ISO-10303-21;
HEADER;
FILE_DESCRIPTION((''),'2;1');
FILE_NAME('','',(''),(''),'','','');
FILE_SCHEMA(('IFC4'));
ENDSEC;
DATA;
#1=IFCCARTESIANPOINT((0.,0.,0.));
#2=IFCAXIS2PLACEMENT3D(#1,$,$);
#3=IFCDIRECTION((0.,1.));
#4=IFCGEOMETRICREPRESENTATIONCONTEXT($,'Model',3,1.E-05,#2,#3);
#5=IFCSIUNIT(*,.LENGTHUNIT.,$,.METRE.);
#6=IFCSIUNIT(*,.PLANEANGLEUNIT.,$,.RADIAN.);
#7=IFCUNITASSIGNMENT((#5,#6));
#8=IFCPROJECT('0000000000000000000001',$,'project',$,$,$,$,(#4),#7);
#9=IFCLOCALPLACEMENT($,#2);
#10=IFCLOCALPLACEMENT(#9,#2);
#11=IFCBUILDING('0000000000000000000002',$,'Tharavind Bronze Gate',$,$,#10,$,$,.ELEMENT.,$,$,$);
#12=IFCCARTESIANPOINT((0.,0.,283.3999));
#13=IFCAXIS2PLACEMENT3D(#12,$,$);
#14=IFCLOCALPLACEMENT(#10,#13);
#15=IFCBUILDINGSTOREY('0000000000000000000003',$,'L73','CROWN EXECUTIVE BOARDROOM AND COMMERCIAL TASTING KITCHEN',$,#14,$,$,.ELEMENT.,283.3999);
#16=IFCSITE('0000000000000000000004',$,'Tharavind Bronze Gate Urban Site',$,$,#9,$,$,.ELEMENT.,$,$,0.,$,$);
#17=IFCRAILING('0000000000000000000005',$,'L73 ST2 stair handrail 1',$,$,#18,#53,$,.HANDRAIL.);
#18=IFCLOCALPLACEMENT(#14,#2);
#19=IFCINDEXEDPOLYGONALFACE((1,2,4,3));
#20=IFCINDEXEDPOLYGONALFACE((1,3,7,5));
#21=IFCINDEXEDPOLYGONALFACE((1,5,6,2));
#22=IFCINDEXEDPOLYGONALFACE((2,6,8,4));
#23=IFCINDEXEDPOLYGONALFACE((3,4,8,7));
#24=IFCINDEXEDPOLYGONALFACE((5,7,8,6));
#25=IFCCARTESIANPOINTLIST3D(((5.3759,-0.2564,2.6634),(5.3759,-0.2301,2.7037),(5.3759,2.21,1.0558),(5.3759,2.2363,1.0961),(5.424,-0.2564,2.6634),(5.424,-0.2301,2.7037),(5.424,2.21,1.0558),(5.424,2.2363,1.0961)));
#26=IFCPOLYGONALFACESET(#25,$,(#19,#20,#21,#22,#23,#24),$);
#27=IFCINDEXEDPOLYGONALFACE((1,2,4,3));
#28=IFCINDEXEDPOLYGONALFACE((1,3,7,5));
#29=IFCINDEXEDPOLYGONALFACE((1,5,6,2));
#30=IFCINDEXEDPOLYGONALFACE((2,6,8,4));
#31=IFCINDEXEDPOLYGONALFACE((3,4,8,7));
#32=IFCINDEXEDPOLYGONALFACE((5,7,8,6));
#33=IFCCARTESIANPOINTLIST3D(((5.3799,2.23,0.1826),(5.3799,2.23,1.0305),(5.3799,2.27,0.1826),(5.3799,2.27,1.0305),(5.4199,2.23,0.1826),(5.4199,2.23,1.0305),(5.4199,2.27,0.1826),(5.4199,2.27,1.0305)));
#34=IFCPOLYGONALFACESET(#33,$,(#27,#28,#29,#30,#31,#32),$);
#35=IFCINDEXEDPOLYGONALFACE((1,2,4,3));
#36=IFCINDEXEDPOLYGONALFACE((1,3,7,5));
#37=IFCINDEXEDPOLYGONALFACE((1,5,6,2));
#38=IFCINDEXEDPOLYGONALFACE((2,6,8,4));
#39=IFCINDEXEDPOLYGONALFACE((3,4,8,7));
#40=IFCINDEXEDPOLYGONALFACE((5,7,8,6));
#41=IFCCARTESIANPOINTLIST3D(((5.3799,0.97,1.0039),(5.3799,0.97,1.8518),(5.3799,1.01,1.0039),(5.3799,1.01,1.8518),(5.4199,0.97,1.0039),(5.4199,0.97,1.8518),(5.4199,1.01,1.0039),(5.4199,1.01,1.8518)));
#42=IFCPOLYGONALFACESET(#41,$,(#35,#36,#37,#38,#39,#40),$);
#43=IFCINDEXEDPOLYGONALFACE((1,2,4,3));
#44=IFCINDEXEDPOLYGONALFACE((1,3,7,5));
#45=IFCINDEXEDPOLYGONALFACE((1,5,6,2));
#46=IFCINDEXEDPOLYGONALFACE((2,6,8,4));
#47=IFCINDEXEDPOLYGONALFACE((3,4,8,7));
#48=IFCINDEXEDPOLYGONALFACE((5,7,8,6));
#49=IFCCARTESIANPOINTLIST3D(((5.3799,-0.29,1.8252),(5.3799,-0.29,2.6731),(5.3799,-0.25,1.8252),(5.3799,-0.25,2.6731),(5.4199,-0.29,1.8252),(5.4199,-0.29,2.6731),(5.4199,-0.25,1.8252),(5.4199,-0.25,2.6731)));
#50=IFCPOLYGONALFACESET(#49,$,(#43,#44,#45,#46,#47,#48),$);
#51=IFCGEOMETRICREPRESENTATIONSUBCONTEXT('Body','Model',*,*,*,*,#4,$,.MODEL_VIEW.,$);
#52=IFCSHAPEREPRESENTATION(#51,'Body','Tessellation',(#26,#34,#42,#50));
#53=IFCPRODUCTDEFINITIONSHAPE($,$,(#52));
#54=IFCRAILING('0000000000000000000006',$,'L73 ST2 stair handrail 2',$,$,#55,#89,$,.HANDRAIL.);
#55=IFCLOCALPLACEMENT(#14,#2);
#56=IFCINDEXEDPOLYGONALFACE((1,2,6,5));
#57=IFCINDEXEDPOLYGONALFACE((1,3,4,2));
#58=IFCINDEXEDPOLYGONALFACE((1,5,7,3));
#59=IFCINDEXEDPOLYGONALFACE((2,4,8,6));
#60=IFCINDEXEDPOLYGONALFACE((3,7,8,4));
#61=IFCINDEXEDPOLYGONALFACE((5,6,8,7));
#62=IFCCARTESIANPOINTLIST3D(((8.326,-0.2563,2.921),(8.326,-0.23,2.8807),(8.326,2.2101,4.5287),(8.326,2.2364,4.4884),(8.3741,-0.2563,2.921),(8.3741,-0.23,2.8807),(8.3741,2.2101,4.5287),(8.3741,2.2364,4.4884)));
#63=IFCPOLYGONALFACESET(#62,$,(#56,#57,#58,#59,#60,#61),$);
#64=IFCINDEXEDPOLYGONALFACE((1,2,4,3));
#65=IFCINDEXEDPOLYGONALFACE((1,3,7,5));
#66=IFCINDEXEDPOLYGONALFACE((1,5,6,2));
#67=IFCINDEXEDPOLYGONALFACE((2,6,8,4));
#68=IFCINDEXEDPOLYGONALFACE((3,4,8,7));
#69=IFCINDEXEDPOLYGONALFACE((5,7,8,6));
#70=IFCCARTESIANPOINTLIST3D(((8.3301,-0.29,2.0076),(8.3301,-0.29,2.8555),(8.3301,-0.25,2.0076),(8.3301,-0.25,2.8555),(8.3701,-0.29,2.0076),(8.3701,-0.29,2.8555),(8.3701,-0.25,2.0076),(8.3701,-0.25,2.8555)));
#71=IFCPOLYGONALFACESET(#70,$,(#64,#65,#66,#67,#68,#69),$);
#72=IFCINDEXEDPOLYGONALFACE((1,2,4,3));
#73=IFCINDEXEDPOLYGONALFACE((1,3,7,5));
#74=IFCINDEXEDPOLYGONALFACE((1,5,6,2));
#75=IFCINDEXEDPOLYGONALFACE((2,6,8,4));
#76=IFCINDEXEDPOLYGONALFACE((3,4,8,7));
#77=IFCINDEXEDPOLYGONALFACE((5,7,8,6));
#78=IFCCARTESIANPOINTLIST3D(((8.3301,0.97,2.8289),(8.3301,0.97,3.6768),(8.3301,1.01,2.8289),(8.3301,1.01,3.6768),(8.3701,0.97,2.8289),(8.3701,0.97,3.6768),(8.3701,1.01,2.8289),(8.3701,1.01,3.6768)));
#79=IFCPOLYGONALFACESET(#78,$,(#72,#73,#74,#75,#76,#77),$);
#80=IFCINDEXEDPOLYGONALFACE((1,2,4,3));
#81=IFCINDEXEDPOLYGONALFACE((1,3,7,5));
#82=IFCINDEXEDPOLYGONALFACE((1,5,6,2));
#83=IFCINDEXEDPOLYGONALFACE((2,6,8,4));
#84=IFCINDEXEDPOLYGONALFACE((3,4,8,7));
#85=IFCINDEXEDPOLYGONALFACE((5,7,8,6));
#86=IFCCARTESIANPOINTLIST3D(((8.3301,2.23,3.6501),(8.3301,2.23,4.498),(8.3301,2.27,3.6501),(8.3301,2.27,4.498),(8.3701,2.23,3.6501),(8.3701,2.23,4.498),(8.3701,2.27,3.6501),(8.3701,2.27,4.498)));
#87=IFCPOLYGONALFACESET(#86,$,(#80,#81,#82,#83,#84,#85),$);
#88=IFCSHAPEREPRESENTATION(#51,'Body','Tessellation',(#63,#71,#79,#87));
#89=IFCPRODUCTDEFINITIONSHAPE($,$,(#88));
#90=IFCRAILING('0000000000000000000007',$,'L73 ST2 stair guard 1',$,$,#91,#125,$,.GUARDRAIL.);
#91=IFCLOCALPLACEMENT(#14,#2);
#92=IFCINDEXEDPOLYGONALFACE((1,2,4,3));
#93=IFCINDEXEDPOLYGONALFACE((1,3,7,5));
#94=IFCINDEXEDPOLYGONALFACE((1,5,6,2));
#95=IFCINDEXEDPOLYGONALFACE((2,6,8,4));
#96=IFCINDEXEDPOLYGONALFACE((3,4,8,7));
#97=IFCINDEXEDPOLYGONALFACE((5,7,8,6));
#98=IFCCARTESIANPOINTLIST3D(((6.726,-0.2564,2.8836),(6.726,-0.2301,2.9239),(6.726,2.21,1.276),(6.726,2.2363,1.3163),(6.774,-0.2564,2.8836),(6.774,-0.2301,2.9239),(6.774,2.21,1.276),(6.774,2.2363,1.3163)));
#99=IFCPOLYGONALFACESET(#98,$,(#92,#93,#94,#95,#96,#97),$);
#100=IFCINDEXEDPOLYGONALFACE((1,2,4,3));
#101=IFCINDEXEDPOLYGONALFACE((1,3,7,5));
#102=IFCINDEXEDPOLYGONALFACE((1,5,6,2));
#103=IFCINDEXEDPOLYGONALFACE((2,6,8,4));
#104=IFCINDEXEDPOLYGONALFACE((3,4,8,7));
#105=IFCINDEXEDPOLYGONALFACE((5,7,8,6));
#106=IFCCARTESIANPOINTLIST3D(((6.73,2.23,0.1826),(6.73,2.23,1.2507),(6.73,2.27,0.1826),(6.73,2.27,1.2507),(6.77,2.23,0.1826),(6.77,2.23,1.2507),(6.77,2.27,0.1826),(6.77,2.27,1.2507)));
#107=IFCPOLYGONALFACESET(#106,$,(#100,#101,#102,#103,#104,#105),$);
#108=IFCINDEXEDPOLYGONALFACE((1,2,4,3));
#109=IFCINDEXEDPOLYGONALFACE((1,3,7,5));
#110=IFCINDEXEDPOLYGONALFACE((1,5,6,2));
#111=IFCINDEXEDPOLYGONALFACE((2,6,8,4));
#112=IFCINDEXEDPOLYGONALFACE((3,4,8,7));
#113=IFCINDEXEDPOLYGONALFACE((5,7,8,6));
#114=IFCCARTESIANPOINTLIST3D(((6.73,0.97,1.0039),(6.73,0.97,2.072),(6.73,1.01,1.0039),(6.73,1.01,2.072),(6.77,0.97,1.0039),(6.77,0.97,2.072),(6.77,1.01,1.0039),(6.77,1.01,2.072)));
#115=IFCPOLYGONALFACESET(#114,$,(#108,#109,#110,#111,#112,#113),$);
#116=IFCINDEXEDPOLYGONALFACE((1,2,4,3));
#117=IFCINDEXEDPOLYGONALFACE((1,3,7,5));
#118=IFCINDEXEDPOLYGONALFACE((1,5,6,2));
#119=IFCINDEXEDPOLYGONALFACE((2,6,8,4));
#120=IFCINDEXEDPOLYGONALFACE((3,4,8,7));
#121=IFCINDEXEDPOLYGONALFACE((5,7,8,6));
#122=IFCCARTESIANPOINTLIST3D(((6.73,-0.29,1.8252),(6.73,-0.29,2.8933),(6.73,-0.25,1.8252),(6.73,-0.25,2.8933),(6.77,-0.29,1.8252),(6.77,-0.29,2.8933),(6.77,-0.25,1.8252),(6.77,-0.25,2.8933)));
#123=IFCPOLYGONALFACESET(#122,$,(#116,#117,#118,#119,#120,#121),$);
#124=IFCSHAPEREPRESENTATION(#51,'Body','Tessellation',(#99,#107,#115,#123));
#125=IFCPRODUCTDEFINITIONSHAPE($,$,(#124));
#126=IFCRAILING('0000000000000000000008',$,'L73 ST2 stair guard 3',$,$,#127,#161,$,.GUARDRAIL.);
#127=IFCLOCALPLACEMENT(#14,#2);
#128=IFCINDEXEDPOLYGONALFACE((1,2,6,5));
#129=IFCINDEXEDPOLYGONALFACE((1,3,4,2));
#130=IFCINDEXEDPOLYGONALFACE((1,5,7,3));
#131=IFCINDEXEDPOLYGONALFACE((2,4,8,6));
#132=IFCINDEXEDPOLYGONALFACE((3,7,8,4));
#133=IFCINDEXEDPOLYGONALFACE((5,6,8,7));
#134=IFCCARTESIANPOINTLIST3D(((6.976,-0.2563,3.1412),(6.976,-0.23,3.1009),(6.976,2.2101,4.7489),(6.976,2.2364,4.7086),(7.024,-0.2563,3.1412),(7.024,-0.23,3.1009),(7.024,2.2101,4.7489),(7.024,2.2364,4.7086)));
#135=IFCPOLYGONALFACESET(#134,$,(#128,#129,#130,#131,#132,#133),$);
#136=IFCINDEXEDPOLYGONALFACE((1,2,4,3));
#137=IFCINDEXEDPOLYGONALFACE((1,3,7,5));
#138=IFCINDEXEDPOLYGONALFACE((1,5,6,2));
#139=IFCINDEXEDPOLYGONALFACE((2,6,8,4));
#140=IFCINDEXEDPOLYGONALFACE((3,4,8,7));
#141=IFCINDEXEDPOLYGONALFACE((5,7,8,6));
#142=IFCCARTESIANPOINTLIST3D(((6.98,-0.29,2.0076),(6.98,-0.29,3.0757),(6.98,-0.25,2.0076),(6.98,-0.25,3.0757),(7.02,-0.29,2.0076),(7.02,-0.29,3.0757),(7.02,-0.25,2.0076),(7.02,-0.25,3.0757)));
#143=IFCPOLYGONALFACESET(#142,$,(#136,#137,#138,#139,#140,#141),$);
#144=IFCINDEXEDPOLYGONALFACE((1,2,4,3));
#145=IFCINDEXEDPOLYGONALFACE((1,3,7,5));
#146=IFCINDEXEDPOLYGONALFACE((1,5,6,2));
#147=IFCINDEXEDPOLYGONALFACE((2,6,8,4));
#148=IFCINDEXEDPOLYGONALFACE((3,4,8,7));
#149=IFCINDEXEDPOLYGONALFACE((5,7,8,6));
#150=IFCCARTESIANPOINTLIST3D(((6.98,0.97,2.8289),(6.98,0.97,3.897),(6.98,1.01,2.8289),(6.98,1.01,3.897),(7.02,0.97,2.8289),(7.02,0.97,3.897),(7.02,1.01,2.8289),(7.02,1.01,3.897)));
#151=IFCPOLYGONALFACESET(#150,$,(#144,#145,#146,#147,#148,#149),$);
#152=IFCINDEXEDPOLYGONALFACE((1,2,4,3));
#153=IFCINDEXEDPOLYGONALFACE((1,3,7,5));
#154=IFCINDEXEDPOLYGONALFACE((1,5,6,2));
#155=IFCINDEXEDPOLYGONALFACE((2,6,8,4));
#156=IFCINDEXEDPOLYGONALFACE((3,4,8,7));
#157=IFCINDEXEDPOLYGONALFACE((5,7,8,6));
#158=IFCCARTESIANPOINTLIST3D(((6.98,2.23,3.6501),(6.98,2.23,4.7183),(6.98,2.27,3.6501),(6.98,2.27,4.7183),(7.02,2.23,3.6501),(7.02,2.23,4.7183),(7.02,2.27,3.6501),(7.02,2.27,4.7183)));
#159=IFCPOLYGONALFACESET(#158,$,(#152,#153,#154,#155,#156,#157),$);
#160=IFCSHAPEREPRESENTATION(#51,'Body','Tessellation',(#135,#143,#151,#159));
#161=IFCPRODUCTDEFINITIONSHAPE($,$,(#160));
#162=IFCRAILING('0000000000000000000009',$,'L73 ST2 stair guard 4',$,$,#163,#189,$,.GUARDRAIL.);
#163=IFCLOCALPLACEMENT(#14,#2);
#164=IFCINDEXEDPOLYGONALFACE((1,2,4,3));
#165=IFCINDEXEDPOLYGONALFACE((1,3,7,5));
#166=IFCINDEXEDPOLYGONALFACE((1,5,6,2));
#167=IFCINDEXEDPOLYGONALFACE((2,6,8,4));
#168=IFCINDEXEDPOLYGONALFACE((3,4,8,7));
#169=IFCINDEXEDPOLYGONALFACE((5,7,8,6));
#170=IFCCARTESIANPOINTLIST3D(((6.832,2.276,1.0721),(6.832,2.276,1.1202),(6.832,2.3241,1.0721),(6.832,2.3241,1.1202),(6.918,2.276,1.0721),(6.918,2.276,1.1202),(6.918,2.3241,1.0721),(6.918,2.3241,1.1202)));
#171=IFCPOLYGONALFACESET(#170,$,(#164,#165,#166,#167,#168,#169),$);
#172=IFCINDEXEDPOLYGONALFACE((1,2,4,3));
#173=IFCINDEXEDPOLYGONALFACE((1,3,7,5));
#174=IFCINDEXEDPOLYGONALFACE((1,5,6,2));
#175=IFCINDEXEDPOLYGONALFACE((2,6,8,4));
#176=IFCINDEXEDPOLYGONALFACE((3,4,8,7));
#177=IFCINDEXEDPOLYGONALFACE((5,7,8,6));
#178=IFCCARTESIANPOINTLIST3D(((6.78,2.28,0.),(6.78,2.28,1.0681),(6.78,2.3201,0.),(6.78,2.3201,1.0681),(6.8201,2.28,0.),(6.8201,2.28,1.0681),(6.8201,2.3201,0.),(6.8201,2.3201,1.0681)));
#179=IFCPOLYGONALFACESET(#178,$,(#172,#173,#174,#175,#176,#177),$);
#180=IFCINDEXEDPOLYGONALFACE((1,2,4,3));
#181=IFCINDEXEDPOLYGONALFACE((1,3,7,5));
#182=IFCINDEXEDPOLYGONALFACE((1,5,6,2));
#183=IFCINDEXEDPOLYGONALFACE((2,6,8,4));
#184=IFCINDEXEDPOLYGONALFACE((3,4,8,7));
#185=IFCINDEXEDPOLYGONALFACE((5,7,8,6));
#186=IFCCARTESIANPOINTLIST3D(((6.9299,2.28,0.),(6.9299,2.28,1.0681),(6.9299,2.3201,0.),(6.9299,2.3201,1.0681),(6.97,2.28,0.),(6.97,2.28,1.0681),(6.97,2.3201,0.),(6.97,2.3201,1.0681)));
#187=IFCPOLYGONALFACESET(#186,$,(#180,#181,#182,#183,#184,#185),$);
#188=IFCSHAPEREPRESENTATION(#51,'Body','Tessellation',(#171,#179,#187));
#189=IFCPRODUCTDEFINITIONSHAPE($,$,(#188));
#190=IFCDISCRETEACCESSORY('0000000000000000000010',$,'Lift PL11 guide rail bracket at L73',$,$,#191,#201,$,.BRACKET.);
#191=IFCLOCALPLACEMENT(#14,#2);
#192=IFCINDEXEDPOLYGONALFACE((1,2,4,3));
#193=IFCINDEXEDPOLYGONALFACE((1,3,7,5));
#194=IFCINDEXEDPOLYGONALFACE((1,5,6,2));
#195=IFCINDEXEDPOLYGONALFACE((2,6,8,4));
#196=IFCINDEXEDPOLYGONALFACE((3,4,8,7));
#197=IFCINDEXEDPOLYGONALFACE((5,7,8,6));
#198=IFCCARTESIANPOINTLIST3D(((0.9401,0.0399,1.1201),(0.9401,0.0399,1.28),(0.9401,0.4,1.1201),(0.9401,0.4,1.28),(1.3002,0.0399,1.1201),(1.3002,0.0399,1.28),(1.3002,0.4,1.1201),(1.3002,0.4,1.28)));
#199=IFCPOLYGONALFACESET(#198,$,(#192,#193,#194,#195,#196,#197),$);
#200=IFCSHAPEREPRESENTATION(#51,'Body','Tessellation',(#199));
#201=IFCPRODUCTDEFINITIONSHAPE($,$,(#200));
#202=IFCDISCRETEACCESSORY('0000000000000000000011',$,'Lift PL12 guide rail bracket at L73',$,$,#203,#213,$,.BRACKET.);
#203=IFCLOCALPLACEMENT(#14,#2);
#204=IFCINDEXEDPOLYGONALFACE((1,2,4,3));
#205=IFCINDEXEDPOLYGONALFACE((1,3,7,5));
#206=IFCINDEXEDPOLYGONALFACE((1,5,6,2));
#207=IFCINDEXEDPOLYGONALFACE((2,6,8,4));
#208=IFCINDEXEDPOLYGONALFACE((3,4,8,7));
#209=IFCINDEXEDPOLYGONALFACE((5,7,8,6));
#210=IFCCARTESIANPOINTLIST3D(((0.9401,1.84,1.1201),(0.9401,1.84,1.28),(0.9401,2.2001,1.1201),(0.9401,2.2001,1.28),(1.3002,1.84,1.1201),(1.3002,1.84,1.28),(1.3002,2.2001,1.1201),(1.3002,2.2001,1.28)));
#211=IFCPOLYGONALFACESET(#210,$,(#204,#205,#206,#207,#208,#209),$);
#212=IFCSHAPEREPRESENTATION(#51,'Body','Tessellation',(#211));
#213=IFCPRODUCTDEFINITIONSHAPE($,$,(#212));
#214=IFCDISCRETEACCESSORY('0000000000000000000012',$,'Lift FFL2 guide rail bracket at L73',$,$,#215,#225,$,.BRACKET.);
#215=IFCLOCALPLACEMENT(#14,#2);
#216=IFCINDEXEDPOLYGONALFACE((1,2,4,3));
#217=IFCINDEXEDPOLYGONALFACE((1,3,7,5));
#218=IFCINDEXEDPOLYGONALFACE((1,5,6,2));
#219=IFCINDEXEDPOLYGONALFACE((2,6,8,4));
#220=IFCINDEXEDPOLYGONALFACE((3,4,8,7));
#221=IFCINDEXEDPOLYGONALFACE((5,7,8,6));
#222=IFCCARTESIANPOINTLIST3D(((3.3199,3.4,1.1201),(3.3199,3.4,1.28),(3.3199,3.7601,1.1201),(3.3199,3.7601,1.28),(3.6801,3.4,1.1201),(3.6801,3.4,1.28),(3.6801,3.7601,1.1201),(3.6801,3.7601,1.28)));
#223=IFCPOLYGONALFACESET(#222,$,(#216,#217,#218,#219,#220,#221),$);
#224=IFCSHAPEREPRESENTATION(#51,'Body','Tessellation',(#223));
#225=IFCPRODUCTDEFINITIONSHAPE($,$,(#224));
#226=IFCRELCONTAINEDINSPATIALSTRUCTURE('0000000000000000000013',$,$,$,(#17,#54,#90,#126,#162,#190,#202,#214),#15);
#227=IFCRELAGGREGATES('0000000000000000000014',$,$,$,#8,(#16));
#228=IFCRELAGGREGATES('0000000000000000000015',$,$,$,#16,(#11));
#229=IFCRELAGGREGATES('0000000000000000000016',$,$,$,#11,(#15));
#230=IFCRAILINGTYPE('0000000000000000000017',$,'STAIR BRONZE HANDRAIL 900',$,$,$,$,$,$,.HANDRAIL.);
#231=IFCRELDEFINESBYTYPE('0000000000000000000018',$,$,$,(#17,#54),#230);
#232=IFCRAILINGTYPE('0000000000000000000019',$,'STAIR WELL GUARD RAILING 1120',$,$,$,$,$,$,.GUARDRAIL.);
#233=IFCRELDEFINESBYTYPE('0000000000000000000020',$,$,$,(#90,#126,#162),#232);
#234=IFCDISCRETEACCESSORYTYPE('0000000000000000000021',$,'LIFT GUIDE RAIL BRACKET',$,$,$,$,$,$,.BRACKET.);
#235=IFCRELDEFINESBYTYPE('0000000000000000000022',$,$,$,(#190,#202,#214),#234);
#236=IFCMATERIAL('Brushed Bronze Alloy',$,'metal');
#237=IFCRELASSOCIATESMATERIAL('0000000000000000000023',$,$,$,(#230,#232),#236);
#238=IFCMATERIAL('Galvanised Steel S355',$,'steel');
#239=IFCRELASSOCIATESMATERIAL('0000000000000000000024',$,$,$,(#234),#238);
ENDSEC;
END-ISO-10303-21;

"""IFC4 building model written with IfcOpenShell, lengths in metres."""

from ifc_helpers import new_model, si_unit, direction, frame, origin, origin_2d, place, context, subcontext, project, spatial, rectangle, extrude, material, type_object, element, save


model = new_model("IFC4")

# Units and contexts
model_context = context("Model", 3, precision=1e-05, world=origin(), true_north=direction((0.0, 1.0)))
body_context = subcontext(model_context, "Body", "Model", "MODEL_VIEW")
ifc_project = project(units=[si_unit("LENGTHUNIT", "METRE"), si_unit("PLANEANGLEUNIT", "RADIAN")], contexts=[model_context])

# Site, building, storey
site_placement = place(None, origin())
site = spatial("IfcSite", under=ifc_project, at=site_placement, Name="Tharavind Bronze Gate Urban Site", CompositionType="ELEMENT", RefElevation=0.0)
building_placement = place(site_placement, origin())
building = spatial("IfcBuilding", under=site, at=building_placement, Name="Tharavind Bronze Gate", CompositionType="ELEMENT")
storey_placement = place(building_placement, frame((0.0, 0.0, 283.3999)))
storey = spatial("IfcBuildingStorey", under=building, at=storey_placement, Name="L73", Description="CROWN EXECUTIVE BOARDROOM AND COMMERCIAL TASTING KITCHEN", CompositionType="ELEMENT", Elevation=283.3999)

# Railings
ifc_material_1 = material(Name="Brushed Bronze Alloy", Category="metal")
railing_type_1 = type_object("IfcRailingType", Name="STAIR BRONZE HANDRAIL 900", PredefinedType="HANDRAIL", material=ifc_material_1)
railing_1_placement = place(storey_placement, frame((5.3999, 2.25, 0.1826)))
element("IfcRailing", 1, at=railing_1_placement, inside=storey, type_object=railing_type_1, Name="L73 ST2 stair handrail 1", PredefinedType="HANDRAIL", context=body_context, shape_type="SweptSolid", body=[
    extrude(rectangle(XDim=0.0481, YDim=0.0481, at=origin_2d()), frame((0.0, -0.0269, 0.8933), z_axis=(0.0, -0.837749, 0.546055), x_axis=(1.0, 0.0, 0.0)), (0.0, 0.0, 1.0), 2.9441),
    extrude(rectangle(XDim=0.04, YDim=0.04, at=origin_2d()), origin(), (0.0, 0.0, 1.0), 0.8479),
    extrude(rectangle(XDim=0.04, YDim=0.04, at=origin_2d()), frame((0.0, -1.26, 0.8213)), (0.0, 0.0, 1.0), 0.8479),
    extrude(rectangle(XDim=0.04, YDim=0.04, at=origin_2d()), frame((0.0, -2.52, 1.6426)), (0.0, 0.0, 1.0), 0.8479),
])
railing_2_placement = place(storey_placement, frame((8.3501, -0.27, 2.0076)))
element("IfcRailing", 2, at=railing_2_placement, inside=storey, type_object=railing_type_1, Name="L73 ST2 stair handrail 2", PredefinedType="HANDRAIL", context=body_context, shape_type="SweptSolid", body=[
    extrude(rectangle(XDim=0.0481, YDim=0.0481, at=origin_2d()), frame((0.0, 0.0269, 0.8933), z_axis=(0.0, 0.837749, 0.546055), x_axis=(-1.0, 0.0, 0.0)), (0.0, 0.0, 1.0), 2.9441),
    extrude(rectangle(XDim=0.04, YDim=0.04, at=origin_2d()), origin(), (0.0, 0.0, 1.0), 0.8479),
    extrude(rectangle(XDim=0.04, YDim=0.04, at=origin_2d()), frame((0.0, 1.26, 0.8213)), (0.0, 0.0, 1.0), 0.8479),
    extrude(rectangle(XDim=0.04, YDim=0.04, at=origin_2d()), frame((0.0, 2.52, 1.6426)), (0.0, 0.0, 1.0), 0.8479),
])
railing_type_2 = type_object("IfcRailingType", Name="STAIR WELL GUARD RAILING 1120", PredefinedType="GUARDRAIL", material=ifc_material_1)
railing_3_placement = place(storey_placement, frame((6.75, 2.25, 0.1826)))
element("IfcRailing", 3, at=railing_3_placement, inside=storey, type_object=railing_type_2, Name="L73 ST2 stair guard 1", PredefinedType="GUARDRAIL", context=body_context, shape_type="SweptSolid", body=[
    extrude(rectangle(XDim=0.0481, YDim=0.0481, at=origin_2d()), frame((0.0, -0.0269, 1.1135), z_axis=(0.0, -0.837749, 0.546055), x_axis=(1.0, 0.0, 0.0)), (0.0, 0.0, 1.0), 2.9441),
    extrude(rectangle(XDim=0.04, YDim=0.04, at=origin_2d()), origin(), (0.0, 0.0, 1.0), 1.0681),
    extrude(rectangle(XDim=0.04, YDim=0.04, at=origin_2d()), frame((0.0, -1.26, 0.8213)), (0.0, 0.0, 1.0), 1.0681),
    extrude(rectangle(XDim=0.04, YDim=0.04, at=origin_2d()), frame((0.0, -2.52, 1.6426)), (0.0, 0.0, 1.0), 1.0681),
])
railing_4_placement = place(storey_placement, frame((7.0, -0.27, 2.0076)))
element("IfcRailing", 4, at=railing_4_placement, inside=storey, type_object=railing_type_2, Name="L73 ST2 stair guard 3", PredefinedType="GUARDRAIL", context=body_context, shape_type="SweptSolid", body=[
    extrude(rectangle(XDim=0.0481, YDim=0.0481, at=origin_2d()), frame((0.0, 0.0269, 1.1135), z_axis=(0.0, 0.837749, 0.546055), x_axis=(-1.0, 0.0, 0.0)), (0.0, 0.0, 1.0), 2.9441),
    extrude(rectangle(XDim=0.04, YDim=0.04, at=origin_2d()), origin(), (0.0, 0.0, 1.0), 1.0681),
    extrude(rectangle(XDim=0.04, YDim=0.04, at=origin_2d()), frame((0.0, 1.26, 0.8213)), (0.0, 0.0, 1.0), 1.0681),
    extrude(rectangle(XDim=0.04, YDim=0.04, at=origin_2d()), frame((0.0, 2.52, 1.6426)), (0.0, 0.0, 1.0), 1.0681),
])
railing_5_placement = place(storey_placement, frame((6.8, 2.3, 0.0)))
element("IfcRailing", 5, at=railing_5_placement, inside=storey, type_object=railing_type_2, Name="L73 ST2 stair guard 4", PredefinedType="GUARDRAIL", context=body_context, shape_type="SweptSolid", body=[
    extrude(rectangle(XDim=0.0481, YDim=0.0481, at=origin_2d()), frame((0.032, 0.0, 1.0962), z_axis=(1.0, 0.0, 0.0), x_axis=(0.0, 1.0, 0.0)), (0.0, 0.0, 1.0), 0.0859),
    extrude(rectangle(XDim=0.04, YDim=0.04, at=origin_2d()), origin(), (0.0, 0.0, 1.0), 1.0681),
    extrude(rectangle(XDim=0.04, YDim=0.04, at=origin_2d()), frame((0.1499, 0.0, 0.0)), (0.0, 0.0, 1.0), 1.0681),
])

# Discrete accessories
ifc_material_2 = material(Name="Galvanised Steel S355", Category="steel")
discrete_accessory_type = type_object("IfcDiscreteAccessoryType", Name="LIFT GUIDE RAIL BRACKET", PredefinedType="BRACKET", material=ifc_material_2)
for number, where, z_axis, x_axis, name in (
    (6, (1.1201, 0.22, 1.1201), (0.0, 0.0, 1.0), (1.0, 0.0, 0.0), "Lift PL11 guide rail bracket at L73"),
    (7, (1.1201, 2.02, 1.1201), (0.0, 0.0, 1.0), (1.0, 0.0, 0.0), "Lift PL12 guide rail bracket at L73"),
    (8, (3.5, 3.5801, 1.1201), (0.0, 0.0, 1.0), (1.0, 0.0, 0.0), "Lift FFL2 guide rail bracket at L73"),
):
    element("IfcDiscreteAccessory", number, at=place(storey_placement, frame(where, z_axis=z_axis, x_axis=x_axis)), inside=storey, type_object=discrete_accessory_type, Name=name, PredefinedType="BRACKET", context=body_context, shape_type="SweptSolid", body=[
        extrude(rectangle(XDim=0.3601, YDim=0.3601, at=origin_2d()), origin(), (0.0, 0.0, 1.0), 0.1599),
    ])

save(model, "model.ifc")
